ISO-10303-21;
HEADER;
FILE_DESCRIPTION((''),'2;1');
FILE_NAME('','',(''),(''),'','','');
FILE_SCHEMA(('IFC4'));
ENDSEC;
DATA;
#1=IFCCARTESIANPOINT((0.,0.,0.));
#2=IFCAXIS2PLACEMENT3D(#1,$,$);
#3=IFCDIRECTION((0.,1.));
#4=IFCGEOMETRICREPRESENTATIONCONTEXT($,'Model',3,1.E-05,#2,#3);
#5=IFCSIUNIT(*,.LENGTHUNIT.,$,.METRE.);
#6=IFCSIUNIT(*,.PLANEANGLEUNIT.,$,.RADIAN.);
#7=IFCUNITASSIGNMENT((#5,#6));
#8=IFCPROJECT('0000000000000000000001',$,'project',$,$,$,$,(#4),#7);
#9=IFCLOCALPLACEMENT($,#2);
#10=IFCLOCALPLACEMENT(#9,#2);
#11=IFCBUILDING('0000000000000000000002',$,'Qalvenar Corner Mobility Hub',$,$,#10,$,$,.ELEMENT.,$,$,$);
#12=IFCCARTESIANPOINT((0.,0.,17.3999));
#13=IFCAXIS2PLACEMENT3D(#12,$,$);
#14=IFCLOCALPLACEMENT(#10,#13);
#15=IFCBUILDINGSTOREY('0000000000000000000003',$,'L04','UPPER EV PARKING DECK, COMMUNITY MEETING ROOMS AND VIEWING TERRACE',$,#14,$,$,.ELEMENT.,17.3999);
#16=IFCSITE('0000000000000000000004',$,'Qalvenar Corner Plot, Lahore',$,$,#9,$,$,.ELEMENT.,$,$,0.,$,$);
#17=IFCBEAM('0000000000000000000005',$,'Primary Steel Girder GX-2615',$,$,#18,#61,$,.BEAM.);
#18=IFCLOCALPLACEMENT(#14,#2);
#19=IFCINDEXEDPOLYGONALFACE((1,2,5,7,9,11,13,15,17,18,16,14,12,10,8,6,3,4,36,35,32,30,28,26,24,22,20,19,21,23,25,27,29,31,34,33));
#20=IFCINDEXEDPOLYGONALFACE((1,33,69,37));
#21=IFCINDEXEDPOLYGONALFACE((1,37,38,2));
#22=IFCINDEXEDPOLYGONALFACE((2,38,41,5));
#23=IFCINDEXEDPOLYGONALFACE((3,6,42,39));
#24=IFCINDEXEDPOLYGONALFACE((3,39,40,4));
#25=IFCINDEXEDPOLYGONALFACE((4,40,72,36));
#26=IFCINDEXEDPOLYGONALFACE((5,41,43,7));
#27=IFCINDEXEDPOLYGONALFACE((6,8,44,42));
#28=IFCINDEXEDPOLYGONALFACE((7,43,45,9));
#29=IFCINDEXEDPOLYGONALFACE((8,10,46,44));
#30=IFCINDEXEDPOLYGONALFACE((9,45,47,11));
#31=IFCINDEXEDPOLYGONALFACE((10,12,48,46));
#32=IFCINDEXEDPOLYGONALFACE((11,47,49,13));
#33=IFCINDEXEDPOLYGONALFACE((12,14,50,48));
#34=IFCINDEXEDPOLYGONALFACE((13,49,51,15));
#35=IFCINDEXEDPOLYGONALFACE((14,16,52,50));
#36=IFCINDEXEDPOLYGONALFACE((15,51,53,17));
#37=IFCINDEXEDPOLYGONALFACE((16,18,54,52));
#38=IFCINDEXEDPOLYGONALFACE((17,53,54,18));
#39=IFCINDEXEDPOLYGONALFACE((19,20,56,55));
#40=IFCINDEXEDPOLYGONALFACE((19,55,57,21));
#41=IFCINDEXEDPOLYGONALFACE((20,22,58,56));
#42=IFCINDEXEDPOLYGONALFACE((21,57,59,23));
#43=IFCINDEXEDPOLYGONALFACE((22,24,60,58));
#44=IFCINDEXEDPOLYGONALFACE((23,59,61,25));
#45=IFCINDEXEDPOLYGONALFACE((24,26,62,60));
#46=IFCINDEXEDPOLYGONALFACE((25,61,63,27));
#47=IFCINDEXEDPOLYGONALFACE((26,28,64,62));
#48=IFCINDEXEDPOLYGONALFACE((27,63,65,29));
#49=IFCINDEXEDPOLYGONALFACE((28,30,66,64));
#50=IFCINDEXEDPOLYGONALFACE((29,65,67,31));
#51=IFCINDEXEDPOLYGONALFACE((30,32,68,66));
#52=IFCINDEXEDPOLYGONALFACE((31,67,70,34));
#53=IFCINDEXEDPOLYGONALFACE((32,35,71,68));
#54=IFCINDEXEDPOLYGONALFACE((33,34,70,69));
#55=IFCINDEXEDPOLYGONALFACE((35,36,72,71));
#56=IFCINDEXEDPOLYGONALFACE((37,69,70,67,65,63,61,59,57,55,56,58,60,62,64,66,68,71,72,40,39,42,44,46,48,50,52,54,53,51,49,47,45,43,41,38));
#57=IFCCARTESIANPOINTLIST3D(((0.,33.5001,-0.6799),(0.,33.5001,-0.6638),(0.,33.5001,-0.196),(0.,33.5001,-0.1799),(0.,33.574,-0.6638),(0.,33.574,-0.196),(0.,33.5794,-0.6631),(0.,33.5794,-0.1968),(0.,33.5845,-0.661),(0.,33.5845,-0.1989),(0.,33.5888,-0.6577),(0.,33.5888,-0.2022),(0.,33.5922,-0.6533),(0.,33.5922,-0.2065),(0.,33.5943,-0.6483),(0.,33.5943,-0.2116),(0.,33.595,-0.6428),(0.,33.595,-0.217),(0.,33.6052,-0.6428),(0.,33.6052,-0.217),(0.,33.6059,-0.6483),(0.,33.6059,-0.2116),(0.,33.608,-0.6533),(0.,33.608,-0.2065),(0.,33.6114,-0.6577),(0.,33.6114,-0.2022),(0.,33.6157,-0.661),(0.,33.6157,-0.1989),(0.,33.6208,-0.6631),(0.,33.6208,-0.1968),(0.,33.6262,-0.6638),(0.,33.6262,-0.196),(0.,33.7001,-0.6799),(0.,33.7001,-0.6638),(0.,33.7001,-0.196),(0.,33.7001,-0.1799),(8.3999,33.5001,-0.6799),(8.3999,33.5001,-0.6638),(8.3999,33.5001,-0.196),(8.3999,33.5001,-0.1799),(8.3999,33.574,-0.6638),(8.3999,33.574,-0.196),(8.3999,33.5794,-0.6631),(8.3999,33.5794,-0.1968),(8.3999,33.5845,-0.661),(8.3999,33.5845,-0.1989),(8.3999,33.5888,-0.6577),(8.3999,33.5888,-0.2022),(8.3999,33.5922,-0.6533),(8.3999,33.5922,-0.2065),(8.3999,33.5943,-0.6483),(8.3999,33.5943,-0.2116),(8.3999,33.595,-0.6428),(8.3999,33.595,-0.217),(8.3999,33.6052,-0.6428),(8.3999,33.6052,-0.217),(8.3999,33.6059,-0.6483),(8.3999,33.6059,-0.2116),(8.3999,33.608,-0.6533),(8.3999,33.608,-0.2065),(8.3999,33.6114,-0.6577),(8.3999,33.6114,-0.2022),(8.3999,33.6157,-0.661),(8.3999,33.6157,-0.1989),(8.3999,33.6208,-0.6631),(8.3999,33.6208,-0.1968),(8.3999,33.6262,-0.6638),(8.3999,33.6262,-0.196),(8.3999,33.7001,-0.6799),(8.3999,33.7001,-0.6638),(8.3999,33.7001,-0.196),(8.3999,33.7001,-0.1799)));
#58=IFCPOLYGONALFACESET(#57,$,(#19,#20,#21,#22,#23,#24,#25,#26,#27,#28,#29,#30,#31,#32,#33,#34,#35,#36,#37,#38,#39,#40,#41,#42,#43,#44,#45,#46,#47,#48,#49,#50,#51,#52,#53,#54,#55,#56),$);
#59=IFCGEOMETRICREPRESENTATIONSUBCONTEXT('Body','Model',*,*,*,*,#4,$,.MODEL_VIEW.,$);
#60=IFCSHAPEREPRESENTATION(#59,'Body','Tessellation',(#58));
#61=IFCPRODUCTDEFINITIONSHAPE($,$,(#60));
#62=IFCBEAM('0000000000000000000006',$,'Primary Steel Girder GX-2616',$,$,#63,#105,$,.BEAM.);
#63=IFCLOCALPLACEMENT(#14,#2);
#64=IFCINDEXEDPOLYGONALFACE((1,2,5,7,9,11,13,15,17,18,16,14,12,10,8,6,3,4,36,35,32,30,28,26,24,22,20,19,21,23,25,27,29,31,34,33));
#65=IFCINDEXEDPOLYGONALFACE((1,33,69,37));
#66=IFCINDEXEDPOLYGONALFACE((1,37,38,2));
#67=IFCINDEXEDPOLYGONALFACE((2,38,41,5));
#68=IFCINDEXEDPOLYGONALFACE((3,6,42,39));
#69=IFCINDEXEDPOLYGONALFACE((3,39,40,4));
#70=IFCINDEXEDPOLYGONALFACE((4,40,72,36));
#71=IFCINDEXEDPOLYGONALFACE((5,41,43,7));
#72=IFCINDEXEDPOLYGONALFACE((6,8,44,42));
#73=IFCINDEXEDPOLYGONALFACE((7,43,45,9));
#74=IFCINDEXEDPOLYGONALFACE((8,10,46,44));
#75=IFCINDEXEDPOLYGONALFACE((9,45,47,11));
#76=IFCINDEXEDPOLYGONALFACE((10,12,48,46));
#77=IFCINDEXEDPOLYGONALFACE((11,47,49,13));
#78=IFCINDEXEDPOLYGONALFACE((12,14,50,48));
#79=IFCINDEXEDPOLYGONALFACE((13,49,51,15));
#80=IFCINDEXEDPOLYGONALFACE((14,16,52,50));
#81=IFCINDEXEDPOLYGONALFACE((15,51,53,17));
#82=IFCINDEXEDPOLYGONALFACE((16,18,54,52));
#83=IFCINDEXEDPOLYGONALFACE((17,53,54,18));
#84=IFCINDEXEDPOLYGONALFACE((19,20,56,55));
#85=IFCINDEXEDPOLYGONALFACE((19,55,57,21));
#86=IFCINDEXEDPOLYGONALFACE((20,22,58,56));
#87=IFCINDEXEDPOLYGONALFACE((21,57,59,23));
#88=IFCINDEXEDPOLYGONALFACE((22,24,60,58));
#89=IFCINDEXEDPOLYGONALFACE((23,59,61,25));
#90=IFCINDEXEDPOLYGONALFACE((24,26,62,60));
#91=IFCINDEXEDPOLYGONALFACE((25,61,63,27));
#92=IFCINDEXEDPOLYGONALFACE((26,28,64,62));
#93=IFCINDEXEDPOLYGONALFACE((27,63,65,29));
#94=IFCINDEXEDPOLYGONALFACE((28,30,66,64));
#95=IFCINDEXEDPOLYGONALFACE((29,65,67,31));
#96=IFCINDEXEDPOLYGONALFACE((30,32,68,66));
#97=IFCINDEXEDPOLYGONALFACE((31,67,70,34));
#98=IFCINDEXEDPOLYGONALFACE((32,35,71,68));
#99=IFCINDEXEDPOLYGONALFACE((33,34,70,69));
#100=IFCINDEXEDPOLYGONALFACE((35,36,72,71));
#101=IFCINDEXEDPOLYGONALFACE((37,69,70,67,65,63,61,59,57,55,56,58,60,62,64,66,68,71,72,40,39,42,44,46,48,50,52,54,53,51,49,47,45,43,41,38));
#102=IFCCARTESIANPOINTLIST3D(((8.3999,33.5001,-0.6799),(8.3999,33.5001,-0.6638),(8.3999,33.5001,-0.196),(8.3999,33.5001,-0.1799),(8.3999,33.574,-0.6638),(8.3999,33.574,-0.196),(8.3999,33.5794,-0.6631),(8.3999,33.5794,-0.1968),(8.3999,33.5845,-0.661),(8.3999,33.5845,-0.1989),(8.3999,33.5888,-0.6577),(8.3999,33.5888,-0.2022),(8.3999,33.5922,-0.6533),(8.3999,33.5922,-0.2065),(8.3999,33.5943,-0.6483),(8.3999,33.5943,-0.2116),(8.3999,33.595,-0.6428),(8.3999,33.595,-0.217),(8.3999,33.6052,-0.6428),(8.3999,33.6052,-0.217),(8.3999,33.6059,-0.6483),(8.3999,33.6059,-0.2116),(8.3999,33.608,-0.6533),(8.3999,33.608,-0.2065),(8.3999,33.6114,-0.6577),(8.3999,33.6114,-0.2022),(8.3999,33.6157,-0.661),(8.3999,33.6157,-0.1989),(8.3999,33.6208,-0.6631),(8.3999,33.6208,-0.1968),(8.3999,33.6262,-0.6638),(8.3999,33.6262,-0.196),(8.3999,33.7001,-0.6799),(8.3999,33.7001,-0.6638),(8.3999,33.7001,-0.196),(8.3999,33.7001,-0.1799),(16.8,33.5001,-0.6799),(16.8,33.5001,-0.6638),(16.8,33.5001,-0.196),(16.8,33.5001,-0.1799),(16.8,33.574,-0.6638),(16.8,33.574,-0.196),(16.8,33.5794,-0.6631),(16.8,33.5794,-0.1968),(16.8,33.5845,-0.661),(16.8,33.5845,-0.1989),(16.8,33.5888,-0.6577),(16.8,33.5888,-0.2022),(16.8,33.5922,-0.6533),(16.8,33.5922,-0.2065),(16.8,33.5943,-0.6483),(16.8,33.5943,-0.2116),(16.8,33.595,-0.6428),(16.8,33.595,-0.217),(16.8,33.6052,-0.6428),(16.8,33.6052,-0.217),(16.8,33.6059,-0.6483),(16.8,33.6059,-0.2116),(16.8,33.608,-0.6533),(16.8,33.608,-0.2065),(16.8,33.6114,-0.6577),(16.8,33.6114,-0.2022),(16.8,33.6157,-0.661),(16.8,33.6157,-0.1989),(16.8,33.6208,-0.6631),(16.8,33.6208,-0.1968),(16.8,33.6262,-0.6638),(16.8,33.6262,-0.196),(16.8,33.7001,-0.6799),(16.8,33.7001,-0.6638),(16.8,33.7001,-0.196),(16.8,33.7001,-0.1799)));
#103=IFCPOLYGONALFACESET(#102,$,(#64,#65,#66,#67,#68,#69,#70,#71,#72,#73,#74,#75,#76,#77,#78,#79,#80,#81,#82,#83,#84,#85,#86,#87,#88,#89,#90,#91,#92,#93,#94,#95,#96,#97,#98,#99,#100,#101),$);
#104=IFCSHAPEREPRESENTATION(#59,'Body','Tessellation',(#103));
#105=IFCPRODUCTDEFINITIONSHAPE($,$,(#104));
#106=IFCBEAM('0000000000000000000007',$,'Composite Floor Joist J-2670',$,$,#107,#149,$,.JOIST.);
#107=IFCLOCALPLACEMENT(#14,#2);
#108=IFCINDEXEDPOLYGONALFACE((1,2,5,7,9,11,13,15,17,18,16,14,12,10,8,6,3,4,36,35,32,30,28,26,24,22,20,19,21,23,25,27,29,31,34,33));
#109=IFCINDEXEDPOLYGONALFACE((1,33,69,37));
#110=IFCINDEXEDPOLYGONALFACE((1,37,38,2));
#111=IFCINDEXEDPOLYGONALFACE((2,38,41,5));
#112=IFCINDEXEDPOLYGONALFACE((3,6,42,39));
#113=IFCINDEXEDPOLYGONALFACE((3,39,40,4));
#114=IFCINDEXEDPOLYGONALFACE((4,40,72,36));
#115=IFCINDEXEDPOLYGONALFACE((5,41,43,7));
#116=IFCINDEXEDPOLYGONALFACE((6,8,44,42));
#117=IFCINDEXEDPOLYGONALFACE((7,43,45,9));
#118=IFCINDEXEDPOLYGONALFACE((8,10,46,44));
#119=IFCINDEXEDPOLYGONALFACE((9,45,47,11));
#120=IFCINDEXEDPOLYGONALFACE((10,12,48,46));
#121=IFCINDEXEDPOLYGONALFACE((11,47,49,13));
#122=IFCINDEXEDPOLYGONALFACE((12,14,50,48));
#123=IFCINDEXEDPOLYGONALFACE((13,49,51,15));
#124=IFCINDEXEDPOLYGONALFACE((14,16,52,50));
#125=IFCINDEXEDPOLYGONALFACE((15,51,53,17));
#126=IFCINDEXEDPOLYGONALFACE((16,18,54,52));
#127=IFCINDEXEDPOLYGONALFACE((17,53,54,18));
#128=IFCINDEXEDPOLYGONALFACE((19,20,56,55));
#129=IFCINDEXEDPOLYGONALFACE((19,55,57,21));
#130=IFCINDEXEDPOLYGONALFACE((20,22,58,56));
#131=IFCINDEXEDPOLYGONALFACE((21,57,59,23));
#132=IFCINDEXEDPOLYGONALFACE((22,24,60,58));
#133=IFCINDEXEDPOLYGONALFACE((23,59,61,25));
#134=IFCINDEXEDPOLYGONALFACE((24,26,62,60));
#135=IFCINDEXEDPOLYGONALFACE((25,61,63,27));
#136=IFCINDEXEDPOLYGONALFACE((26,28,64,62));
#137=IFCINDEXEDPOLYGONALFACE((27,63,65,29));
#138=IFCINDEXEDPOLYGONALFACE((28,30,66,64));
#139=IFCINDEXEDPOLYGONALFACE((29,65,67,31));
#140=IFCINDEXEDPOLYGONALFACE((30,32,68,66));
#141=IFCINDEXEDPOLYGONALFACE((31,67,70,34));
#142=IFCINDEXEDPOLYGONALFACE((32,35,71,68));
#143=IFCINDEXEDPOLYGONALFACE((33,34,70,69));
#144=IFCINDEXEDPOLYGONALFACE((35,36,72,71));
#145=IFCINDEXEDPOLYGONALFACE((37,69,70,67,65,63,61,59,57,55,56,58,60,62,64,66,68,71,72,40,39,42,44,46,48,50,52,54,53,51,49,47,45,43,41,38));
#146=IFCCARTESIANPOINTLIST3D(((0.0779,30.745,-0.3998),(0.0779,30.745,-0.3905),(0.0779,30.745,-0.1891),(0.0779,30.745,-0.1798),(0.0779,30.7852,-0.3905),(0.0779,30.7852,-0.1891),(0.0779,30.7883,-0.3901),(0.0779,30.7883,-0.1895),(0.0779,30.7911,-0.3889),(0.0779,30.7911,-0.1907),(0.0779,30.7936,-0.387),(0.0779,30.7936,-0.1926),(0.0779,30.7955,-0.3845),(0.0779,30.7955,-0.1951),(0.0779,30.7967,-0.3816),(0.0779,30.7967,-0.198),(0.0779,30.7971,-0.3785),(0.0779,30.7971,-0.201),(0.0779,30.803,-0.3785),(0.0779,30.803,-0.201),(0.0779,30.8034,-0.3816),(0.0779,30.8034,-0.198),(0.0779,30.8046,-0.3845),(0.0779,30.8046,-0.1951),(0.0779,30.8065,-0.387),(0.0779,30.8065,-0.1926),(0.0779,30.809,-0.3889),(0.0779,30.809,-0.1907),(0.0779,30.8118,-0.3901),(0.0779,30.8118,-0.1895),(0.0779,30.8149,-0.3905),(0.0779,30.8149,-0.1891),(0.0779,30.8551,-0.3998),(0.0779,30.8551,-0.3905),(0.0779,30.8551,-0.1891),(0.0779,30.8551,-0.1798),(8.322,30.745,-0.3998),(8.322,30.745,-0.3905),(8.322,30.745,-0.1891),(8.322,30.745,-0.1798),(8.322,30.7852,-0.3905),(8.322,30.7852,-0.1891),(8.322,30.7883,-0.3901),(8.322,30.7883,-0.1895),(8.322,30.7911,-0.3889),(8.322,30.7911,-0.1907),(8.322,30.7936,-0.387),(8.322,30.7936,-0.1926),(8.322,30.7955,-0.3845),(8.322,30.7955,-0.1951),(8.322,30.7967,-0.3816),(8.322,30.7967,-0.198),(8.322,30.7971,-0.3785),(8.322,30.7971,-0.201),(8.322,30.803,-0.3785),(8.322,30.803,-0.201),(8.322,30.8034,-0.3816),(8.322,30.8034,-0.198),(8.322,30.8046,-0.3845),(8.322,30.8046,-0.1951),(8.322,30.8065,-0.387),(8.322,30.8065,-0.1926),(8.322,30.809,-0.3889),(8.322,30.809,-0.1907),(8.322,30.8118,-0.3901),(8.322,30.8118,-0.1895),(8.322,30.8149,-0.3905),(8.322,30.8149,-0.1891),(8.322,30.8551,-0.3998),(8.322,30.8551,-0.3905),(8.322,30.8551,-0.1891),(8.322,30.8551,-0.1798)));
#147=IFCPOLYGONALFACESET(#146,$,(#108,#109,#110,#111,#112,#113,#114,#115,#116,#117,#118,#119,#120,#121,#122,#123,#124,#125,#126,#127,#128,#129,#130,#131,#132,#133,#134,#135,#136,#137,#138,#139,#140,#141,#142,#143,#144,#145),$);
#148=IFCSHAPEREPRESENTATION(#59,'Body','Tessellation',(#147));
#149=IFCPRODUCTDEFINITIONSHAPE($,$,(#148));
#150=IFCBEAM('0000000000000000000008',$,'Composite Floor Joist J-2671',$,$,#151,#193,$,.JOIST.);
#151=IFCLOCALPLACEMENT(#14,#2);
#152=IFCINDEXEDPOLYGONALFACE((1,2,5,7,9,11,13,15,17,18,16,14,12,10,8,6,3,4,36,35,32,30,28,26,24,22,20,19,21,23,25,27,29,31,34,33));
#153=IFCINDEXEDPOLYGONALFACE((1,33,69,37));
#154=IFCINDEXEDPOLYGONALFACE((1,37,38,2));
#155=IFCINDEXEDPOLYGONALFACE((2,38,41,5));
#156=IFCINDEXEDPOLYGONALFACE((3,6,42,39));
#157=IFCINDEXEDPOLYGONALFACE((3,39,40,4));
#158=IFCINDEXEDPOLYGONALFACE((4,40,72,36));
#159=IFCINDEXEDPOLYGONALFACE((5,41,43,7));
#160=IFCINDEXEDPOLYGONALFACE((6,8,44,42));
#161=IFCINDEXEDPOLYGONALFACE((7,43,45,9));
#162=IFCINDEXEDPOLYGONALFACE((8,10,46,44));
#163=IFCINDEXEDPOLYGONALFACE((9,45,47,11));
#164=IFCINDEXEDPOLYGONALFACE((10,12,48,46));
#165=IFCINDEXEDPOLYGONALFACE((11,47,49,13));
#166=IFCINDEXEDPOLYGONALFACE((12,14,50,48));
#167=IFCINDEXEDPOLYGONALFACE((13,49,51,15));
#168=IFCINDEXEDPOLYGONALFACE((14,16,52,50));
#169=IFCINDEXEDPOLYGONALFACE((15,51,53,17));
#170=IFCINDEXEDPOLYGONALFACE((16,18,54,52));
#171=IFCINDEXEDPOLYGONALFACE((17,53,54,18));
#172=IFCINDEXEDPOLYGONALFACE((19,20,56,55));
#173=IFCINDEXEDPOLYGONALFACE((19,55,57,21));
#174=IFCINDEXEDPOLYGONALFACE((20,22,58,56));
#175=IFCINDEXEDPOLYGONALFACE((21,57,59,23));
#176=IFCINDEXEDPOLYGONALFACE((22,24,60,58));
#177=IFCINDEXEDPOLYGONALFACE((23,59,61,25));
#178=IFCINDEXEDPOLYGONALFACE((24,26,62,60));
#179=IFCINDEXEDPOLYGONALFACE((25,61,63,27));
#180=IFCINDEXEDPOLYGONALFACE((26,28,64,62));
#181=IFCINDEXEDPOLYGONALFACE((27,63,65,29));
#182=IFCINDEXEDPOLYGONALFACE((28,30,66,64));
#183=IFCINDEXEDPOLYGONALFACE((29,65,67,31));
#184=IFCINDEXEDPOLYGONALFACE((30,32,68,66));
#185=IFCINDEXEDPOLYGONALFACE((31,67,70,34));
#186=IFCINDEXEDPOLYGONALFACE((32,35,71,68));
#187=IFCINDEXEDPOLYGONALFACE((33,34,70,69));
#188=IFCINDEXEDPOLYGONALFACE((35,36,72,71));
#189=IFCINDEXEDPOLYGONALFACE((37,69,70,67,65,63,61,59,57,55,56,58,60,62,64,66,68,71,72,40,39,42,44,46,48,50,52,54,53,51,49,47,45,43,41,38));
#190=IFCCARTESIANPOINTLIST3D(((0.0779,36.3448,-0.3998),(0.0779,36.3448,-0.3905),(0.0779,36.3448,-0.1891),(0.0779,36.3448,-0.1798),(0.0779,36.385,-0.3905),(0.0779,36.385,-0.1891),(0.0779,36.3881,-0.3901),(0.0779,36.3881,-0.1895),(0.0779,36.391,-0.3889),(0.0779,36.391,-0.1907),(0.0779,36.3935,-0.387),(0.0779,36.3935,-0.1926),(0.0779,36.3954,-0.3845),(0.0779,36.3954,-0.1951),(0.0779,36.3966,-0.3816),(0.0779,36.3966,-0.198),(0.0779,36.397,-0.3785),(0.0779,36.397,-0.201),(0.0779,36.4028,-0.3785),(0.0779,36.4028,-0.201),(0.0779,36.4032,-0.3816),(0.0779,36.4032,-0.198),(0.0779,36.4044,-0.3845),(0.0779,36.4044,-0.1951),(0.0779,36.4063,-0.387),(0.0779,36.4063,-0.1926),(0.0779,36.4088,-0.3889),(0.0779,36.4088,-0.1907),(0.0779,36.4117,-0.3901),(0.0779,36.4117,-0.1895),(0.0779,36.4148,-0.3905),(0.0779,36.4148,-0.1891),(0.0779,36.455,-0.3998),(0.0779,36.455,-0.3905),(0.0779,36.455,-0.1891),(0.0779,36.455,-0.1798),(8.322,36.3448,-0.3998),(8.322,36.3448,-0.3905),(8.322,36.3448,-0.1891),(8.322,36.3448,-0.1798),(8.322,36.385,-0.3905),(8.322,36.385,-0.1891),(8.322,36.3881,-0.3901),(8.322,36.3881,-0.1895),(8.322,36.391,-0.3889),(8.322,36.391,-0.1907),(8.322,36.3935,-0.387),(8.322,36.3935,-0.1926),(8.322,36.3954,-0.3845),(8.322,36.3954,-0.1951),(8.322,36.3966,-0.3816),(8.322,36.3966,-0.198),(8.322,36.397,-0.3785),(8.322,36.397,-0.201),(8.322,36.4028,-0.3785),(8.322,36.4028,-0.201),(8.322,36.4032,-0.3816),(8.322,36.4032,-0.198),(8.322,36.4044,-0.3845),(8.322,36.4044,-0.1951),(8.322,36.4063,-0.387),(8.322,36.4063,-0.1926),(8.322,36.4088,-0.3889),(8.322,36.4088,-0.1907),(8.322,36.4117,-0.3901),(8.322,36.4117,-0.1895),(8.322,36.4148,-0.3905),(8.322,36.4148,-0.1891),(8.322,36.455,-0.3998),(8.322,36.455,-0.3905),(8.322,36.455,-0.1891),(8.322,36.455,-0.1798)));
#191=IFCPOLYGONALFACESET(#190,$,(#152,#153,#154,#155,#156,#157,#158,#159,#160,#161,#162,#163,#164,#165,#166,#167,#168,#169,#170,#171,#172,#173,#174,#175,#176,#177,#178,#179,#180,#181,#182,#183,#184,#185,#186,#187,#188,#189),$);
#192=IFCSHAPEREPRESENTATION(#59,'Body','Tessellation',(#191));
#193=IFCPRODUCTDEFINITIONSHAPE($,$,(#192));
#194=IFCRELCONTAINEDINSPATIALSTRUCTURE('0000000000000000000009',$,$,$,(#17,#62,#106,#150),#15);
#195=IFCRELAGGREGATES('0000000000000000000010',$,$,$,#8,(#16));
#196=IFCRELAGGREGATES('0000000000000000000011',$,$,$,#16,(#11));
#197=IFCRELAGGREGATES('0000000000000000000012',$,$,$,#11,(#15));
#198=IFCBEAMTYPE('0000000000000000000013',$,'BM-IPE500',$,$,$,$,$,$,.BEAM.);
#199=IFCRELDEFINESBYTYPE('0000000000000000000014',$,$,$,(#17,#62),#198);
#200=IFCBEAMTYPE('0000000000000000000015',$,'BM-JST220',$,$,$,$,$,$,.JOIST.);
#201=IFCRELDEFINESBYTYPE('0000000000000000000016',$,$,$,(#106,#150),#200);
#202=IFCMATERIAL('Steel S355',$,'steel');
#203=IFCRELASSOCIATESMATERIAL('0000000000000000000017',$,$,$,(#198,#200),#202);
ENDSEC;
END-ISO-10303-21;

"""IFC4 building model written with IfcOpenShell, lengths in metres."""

from ifc_helpers import new_model, si_unit, direction, frame, origin, origin_2d, place, context, subcontext, project, spatial, i_section, extrude, material, material_profile, profile_set, type_object, element, save


model = new_model("IFC4")

# Units and contexts
model_context = context("Model", 3, precision=1e-05, world=origin(), true_north=direction((0.0, 1.0)))
body_context = subcontext(model_context, "Body", "Model", "MODEL_VIEW")
ifc_project = project(units=[si_unit("LENGTHUNIT", "METRE"), si_unit("PLANEANGLEUNIT", "RADIAN")], contexts=[model_context])

# Site, building, storey
site_placement = place(None, origin())
site = spatial("IfcSite", under=ifc_project, at=site_placement, Name="Qalvenar Corner Plot, Lahore", CompositionType="ELEMENT", RefElevation=0.0)
building_placement = place(site_placement, origin())
building = spatial("IfcBuilding", under=site, at=building_placement, Name="Qalvenar Corner Mobility Hub", CompositionType="ELEMENT")
storey_placement = place(building_placement, frame((0.0, 0.0, 17.3999)))
storey = spatial("IfcBuildingStorey", under=building, at=storey_placement, Name="L04", Description="UPPER EV PARKING DECK, COMMUNITY MEETING ROOMS AND VIEWING TERRACE", CompositionType="ELEMENT", Elevation=17.3999)

# Shared definitions
ifc_material_1 = material(Name="Steel S355", Category="steel")

# Beams
ifc_material_profile_1 = material_profile(ifc_material_1, i_section(OverallWidth=0.2, OverallDepth=0.5, WebThickness=0.0103, FlangeThickness=0.0161, FilletRadius=0.021, at=origin_2d()), Name="IPE500")
ifc_profile_set_1 = profile_set([ifc_material_profile_1], Name="Steel S355")
beam_type_1 = type_object("IfcBeamType", Name="BM-IPE500", PredefinedType="BEAM", material=ifc_profile_set_1)
beam_1_placement = place(storey_placement, frame((0.0, 33.6001, -0.4299), z_axis=(1.0, 0.0, 0.0), x_axis=(0.0, 1.0, 0.0)))
element("IfcBeam", 1, at=beam_1_placement, inside=storey, type_object=beam_type_1, Name="Primary Steel Girder GX-2615", PredefinedType="BEAM", context=body_context, shape_type="SweptSolid", body=[
    extrude(i_section(OverallWidth=0.2, OverallDepth=0.5, WebThickness=0.0103, FlangeThickness=0.0161, FilletRadius=0.021, at=origin_2d()), origin(), (0.0, 0.0, 1.0), 8.3999),
])
beam_2_placement = place(storey_placement, frame((8.3999, 33.6001, -0.4299), z_axis=(1.0, 0.0, 0.0), x_axis=(0.0, 1.0, 0.0)))
element("IfcBeam", 2, at=beam_2_placement, inside=storey, type_object=beam_type_1, Name="Primary Steel Girder GX-2616", PredefinedType="BEAM", context=body_context, shape_type="SweptSolid", body=[
    extrude(i_section(OverallWidth=0.2, OverallDepth=0.5, WebThickness=0.0103, FlangeThickness=0.0161, FilletRadius=0.021, at=origin_2d()), origin(), (0.0, 0.0, 1.0), 8.4001),
])
ifc_material_profile_2 = material_profile(ifc_material_1, i_section(OverallWidth=0.1101, OverallDepth=0.22, WebThickness=0.0059, FlangeThickness=0.0093, FilletRadius=0.012, at=origin_2d()), Name="IPE220")
ifc_profile_set_2 = profile_set([ifc_material_profile_2], Name="Steel S355")
beam_type_2 = type_object("IfcBeamType", Name="BM-JST220", PredefinedType="JOIST", material=ifc_profile_set_2)
for number, where, z_axis, x_axis, name in (
    (3, (0.0779, 30.8, -0.2898), (1.0, 0.0, 0.0), (0.0, 1.0, 0.0), "Composite Floor Joist J-2670"),
    (4, (0.0779, 36.3999, -0.2898), (1.0, 0.0, 0.0), (0.0, 1.0, 0.0), "Composite Floor Joist J-2671"),
):
    element("IfcBeam", number, at=place(storey_placement, frame(where, z_axis=z_axis, x_axis=x_axis)), inside=storey, type_object=beam_type_2, Name=name, PredefinedType="JOIST", context=body_context, shape_type="SweptSolid", body=[
        extrude(i_section(OverallWidth=0.1101, OverallDepth=0.22, WebThickness=0.0059, FlangeThickness=0.0093, FilletRadius=0.012, at=origin_2d()), origin(), (0.0, 0.0, 1.0), 8.2441),
    ])

save(model, "model.ifc")
